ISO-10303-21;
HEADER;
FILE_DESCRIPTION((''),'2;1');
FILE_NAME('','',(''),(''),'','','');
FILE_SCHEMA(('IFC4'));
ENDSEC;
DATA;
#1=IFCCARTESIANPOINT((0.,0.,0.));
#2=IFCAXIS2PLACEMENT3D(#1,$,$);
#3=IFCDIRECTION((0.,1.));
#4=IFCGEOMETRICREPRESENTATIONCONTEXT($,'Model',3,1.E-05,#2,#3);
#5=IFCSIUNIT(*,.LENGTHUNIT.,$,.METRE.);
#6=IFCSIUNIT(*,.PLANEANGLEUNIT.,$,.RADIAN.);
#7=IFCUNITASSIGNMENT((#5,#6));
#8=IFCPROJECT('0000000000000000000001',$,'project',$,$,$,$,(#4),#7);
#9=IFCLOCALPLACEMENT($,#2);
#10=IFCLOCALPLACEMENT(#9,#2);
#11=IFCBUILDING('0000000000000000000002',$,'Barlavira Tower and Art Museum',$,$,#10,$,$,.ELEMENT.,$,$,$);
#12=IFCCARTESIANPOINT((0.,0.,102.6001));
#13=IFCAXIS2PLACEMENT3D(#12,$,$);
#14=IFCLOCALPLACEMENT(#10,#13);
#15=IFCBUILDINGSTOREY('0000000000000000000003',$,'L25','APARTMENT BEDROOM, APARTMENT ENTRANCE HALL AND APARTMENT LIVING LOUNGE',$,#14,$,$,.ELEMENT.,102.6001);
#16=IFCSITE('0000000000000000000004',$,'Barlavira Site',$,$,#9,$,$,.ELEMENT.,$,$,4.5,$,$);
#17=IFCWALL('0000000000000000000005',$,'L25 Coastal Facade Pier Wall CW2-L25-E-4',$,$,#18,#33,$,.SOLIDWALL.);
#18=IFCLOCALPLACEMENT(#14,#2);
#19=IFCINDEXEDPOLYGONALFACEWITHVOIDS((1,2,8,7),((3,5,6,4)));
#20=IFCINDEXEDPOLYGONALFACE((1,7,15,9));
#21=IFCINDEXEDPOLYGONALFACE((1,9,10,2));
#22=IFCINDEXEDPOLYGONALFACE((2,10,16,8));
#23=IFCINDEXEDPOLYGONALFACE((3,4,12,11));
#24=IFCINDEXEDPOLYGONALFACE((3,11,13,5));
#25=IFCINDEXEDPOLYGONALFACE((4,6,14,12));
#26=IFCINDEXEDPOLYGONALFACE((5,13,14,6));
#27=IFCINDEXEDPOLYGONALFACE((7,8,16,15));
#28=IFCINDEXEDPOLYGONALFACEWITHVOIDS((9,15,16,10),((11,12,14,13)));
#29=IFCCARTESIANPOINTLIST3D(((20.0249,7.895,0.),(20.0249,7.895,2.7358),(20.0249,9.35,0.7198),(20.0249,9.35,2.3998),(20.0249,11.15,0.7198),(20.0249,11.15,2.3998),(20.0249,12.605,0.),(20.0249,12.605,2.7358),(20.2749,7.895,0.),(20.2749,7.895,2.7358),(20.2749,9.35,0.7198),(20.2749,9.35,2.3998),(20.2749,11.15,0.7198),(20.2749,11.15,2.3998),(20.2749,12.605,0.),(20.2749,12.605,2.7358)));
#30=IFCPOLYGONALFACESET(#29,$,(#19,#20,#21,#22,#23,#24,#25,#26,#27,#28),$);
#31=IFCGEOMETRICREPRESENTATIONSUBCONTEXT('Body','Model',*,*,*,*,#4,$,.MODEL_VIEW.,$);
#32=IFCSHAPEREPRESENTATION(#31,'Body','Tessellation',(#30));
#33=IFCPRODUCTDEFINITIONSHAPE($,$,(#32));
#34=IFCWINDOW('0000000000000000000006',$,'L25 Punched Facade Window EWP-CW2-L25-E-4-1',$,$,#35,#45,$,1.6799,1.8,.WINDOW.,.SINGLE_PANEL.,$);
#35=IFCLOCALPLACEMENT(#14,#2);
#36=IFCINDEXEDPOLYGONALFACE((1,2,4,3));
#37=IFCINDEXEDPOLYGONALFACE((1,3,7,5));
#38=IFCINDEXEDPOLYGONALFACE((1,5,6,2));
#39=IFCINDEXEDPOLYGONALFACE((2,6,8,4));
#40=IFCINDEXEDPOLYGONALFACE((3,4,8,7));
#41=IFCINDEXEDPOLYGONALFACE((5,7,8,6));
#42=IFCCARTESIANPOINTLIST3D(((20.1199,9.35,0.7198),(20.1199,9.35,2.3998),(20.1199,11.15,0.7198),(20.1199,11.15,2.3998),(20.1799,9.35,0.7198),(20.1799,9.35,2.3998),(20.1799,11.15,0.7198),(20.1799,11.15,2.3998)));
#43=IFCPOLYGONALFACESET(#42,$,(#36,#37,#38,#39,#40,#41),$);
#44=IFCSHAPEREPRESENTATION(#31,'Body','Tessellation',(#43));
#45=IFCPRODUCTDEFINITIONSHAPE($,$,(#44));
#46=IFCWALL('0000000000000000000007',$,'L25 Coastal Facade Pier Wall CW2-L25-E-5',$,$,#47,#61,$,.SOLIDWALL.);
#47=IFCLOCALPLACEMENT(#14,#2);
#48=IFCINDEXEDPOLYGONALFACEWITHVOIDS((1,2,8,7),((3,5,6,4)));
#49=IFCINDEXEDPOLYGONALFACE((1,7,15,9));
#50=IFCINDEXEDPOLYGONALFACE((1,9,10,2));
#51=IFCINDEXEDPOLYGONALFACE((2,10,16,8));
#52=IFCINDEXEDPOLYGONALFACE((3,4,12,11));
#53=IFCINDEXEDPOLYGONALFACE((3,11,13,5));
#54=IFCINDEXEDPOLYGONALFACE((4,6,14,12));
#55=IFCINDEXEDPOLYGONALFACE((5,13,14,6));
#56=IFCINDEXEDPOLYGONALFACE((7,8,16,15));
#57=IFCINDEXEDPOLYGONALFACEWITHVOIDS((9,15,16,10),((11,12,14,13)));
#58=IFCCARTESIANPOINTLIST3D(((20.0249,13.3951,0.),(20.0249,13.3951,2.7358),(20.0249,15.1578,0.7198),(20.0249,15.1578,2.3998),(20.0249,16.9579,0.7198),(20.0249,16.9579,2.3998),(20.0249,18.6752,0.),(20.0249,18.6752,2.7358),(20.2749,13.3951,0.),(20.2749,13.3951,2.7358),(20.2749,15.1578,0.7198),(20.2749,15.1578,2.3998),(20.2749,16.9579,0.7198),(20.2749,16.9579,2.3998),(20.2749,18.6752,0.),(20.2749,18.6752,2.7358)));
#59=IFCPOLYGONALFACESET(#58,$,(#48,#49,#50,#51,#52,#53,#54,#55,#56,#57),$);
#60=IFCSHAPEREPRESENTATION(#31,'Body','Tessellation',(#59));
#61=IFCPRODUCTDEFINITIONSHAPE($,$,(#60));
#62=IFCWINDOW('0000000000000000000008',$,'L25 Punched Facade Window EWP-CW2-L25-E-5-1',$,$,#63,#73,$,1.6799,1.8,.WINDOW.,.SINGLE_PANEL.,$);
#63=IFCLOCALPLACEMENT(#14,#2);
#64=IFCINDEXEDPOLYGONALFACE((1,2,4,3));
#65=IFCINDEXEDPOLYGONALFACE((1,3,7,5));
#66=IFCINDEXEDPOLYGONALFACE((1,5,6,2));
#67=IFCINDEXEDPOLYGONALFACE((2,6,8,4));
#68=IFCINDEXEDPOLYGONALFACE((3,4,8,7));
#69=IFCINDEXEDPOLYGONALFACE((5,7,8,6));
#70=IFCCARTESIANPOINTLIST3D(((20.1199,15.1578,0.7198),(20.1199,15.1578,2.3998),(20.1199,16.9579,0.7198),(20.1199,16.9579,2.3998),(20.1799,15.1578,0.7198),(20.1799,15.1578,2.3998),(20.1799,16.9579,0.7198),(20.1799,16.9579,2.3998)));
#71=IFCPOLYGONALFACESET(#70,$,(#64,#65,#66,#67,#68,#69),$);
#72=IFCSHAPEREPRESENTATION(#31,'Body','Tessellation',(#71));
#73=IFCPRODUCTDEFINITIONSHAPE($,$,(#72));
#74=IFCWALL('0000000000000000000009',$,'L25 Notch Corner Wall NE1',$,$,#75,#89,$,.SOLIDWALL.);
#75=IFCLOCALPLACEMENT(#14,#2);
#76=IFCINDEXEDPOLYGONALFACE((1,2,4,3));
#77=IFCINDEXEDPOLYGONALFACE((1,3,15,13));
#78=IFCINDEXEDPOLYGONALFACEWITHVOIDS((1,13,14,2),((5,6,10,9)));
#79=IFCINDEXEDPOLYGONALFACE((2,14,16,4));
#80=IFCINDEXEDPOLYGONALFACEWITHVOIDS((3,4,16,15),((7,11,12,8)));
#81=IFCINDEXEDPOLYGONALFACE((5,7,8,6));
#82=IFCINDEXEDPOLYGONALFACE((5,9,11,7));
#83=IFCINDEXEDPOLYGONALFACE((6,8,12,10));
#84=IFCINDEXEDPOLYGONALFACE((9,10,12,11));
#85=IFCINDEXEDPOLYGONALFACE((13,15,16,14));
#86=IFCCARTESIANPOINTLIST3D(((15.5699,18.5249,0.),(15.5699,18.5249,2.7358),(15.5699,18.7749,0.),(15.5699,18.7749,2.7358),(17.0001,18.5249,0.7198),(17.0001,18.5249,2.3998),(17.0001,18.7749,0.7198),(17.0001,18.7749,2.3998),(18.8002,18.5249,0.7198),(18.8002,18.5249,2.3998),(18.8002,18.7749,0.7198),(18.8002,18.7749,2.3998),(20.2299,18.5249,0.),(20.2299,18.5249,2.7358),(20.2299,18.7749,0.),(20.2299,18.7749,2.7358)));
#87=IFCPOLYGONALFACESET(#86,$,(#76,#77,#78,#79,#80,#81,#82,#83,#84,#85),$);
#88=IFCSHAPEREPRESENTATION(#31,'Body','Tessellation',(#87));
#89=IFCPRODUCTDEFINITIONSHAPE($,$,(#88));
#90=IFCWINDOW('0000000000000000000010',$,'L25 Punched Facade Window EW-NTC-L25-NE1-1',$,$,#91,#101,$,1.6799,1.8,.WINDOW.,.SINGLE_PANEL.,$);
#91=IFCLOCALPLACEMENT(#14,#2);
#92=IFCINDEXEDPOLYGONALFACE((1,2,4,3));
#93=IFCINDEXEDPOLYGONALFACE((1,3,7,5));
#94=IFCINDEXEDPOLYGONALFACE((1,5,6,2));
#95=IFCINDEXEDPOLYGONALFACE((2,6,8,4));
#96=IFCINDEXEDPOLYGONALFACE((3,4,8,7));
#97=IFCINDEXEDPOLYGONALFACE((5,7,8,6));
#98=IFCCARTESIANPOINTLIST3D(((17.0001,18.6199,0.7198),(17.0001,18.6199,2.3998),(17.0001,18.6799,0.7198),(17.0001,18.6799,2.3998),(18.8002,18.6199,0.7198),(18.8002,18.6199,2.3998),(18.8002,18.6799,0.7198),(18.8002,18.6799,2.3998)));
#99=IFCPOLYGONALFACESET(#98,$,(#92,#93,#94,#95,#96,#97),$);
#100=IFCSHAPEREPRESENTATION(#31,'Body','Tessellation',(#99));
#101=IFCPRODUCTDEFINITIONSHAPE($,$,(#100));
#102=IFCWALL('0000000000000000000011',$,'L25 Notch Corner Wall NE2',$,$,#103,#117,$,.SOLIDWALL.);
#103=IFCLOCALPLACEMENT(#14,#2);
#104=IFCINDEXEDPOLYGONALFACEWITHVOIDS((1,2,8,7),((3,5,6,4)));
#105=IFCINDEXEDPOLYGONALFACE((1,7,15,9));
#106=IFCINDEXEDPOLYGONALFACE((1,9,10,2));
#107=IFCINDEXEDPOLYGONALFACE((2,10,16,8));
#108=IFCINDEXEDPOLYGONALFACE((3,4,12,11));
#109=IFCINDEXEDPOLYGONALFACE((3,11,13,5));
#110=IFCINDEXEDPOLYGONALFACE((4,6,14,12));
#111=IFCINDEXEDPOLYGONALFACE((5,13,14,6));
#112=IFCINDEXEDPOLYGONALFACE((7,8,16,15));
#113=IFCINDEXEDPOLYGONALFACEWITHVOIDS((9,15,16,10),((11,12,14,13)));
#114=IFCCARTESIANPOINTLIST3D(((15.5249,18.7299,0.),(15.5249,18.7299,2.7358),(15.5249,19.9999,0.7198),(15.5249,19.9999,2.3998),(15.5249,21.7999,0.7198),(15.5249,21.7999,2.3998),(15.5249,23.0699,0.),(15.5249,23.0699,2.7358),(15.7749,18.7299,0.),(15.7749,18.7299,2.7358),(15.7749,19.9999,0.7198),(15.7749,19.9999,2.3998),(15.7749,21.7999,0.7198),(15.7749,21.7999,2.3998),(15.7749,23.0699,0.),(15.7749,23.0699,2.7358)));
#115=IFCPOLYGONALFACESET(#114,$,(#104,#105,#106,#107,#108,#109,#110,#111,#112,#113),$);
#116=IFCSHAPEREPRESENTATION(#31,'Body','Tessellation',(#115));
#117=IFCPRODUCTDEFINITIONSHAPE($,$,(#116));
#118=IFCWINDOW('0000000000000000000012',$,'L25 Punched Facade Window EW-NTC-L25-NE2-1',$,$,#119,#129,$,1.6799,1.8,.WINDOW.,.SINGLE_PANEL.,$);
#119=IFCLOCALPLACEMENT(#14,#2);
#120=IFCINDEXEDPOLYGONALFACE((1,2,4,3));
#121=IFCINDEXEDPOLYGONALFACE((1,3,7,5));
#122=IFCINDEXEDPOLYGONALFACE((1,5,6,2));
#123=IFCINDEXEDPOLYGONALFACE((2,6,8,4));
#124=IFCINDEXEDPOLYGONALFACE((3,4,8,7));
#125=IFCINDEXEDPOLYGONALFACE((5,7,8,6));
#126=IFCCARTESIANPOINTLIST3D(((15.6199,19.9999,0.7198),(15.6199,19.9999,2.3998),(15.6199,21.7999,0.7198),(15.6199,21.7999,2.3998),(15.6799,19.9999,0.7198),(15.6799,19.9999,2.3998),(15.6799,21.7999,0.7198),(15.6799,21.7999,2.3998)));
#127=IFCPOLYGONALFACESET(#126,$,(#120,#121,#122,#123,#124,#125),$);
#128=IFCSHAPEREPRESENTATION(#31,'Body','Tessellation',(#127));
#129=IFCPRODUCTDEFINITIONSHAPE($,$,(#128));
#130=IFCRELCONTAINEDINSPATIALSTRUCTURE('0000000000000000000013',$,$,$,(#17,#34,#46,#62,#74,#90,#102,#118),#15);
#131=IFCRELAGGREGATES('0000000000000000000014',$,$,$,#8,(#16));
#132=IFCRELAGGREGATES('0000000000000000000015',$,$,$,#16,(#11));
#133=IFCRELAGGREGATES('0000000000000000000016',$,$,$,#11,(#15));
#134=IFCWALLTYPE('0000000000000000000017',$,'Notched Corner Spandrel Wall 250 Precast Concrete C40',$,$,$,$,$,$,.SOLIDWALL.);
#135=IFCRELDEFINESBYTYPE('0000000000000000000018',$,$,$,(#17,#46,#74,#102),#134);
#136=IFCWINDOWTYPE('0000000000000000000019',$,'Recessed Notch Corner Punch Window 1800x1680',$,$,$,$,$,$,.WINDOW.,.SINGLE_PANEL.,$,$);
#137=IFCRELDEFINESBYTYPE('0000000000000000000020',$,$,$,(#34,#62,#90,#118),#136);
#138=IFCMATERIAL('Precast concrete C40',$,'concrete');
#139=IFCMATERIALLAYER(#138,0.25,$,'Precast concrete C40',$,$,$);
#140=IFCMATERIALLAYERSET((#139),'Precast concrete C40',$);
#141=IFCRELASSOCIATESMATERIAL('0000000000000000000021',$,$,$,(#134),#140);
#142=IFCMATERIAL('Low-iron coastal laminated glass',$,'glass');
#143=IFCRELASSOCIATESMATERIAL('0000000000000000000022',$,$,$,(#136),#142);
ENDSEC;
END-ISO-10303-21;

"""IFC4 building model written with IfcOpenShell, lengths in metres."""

from ifc_helpers import new_model, si_unit, direction, frame, frame_2d, origin, place, context, subcontext, project, spatial, rectangle, extrude, material, layer, layer_set, type_object, element, fill, save


model = new_model("IFC4")

# Units and contexts
model_context = context("Model", 3, precision=1e-05, world=origin(), true_north=direction((0.0, 1.0)))
body_context = subcontext(model_context, "Body", "Model", "MODEL_VIEW")
ifc_project = project(units=[si_unit("LENGTHUNIT", "METRE"), si_unit("PLANEANGLEUNIT", "RADIAN")], contexts=[model_context])

# Site, building, storey
site_placement = place(None, origin())
site = spatial("IfcSite", under=ifc_project, at=site_placement, Name="Barlavira Site", CompositionType="ELEMENT", RefElevation=4.5)
building_placement = place(site_placement, origin())
building = spatial("IfcBuilding", under=site, at=building_placement, Name="Barlavira Tower and Art Museum", CompositionType="ELEMENT")
storey_placement = place(building_placement, frame((0.0, 0.0, 102.6001)))
storey = spatial("IfcBuildingStorey", under=building, at=storey_placement, Name="L25", Description="APARTMENT BEDROOM, APARTMENT ENTRANCE HALL AND APARTMENT LIVING LOUNGE", CompositionType="ELEMENT", Elevation=102.6001)

# Walls, openings, windows
ifc_material_1 = material(Name="Precast concrete C40", Category="concrete")
ifc_layer_1 = layer(ifc_material_1, 0.25, Name="Precast concrete C40")
ifc_layer_set_1 = layer_set([ifc_layer_1], Name="Precast concrete C40")
wall_type_1 = type_object("IfcWallType", Name="Notched Corner Spandrel Wall 250 Precast Concrete C40", PredefinedType="SOLIDWALL", material=ifc_layer_set_1)
ifc_material_2 = material(Name="Low-iron coastal laminated glass", Category="glass")
window_type = type_object("IfcWindowType", Name="Recessed Notch Corner Punch Window 1800x1680", PartitioningType="SINGLE_PANEL", PredefinedType="WINDOW", material=ifc_material_2)
wall_1_placement = place(storey_placement, frame((20.1499, 7.895, 0.0), z_axis=(0.0, 0.0, 1.0), x_axis=(0.0, 1.0, 0.0)))
wall_1 = element("IfcWall", 1, at=wall_1_placement, inside=storey, type_object=wall_type_1, Name="L25 Coastal Facade Pier Wall CW2-L25-E-4", PredefinedType="SOLIDWALL", context=body_context, shape_type="SweptSolid", body=[
    extrude(rectangle(XDim=4.71, YDim=0.25, at=frame_2d((2.355, 0.0))), origin(), (0.0, 0.0, 1.0), 2.7358),
])
opening_1_placement = place(wall_1_placement, frame((1.4551, 0.0, 0.72)))
opening_1 = element("IfcOpeningElement", 2, at=opening_1_placement, cuts=wall_1, PredefinedType="OPENING", context=body_context, shape_type="SweptSolid", body=[
    extrude(rectangle(XDim=1.8, YDim=1.6799, at=frame_2d((0.8999, 0.8398))), frame((0.0, 0.135, 0.0), z_axis=(0.0, -1.0, 0.0), x_axis=(1.0, 0.0, 0.0)), (0.0, 0.0, 1.0), 0.27),
])
window_1_placement = place(opening_1_placement, origin())
window_1 = element("IfcWindow", 3, at=window_1_placement, inside=storey, type_object=window_type, Name="L25 Punched Facade Window EWP-CW2-L25-E-4-1", OverallHeight=1.6799, OverallWidth=1.8, PartitioningType="SINGLE_PANEL", PredefinedType="WINDOW", context=body_context, shape_type="SweptSolid", body=[
    extrude(rectangle(XDim=1.8, YDim=1.6799, at=frame_2d((0.8999, 0.8398))), frame((0.0, 0.03, 0.0), z_axis=(0.0, -1.0, 0.0), x_axis=(1.0, 0.0, 0.0)), (0.0, 0.0, 1.0), 0.0601),
])
fill(opening_1, window_1)
wall_2_placement = place(storey_placement, frame((20.1499, 13.395, 0.0), z_axis=(0.0, 0.0, 1.0), x_axis=(0.0, 1.0, 0.0)))
wall_2 = element("IfcWall", 4, at=wall_2_placement, inside=storey, type_object=wall_type_1, Name="L25 Coastal Facade Pier Wall CW2-L25-E-5", PredefinedType="SOLIDWALL", context=body_context, shape_type="SweptSolid", body=[
    extrude(rectangle(XDim=5.28, YDim=0.25, at=frame_2d((2.6401, 0.0))), origin(), (0.0, 0.0, 1.0), 2.7358),
])
opening_2_placement = place(wall_2_placement, frame((1.7629, 0.0, 0.72)))
opening_2 = element("IfcOpeningElement", 5, at=opening_2_placement, cuts=wall_2, PredefinedType="OPENING", context=body_context, shape_type="SweptSolid", body=[
    extrude(rectangle(XDim=1.8, YDim=1.6799, at=frame_2d((0.8999, 0.8398))), frame((0.0, 0.135, 0.0), z_axis=(0.0, -1.0, 0.0), x_axis=(1.0, 0.0, 0.0)), (0.0, 0.0, 1.0), 0.27),
])
window_2_placement = place(opening_2_placement, origin())
window_2 = element("IfcWindow", 6, at=window_2_placement, inside=storey, type_object=window_type, Name="L25 Punched Facade Window EWP-CW2-L25-E-5-1", OverallHeight=1.6799, OverallWidth=1.8, PartitioningType="SINGLE_PANEL", PredefinedType="WINDOW", context=body_context, shape_type="SweptSolid", body=[
    extrude(rectangle(XDim=1.8, YDim=1.6799, at=frame_2d((0.8999, 0.8398))), frame((0.0, 0.03, 0.0), z_axis=(0.0, -1.0, 0.0), x_axis=(1.0, 0.0, 0.0)), (0.0, 0.0, 1.0), 0.0601),
])
fill(opening_2, window_2)
wall_3_placement = place(storey_placement, frame((20.23, 18.6499, 0.0), z_axis=(0.0, 0.0, 1.0), x_axis=(-1.0, 0.0, 0.0)))
wall_3 = element("IfcWall", 7, at=wall_3_placement, inside=storey, type_object=wall_type_1, Name="L25 Notch Corner Wall NE1", PredefinedType="SOLIDWALL", context=body_context, shape_type="SweptSolid", body=[
    extrude(rectangle(XDim=4.6599, YDim=0.25, at=frame_2d((2.3301, 0.0))), origin(), (0.0, 0.0, 1.0), 2.7358),
])
opening_3_placement = place(wall_3_placement, frame((1.4299, 0.0, 0.72)))
opening_3 = element("IfcOpeningElement", 8, at=opening_3_placement, cuts=wall_3, PredefinedType="OPENING", context=body_context, shape_type="SweptSolid", body=[
    extrude(rectangle(XDim=1.8, YDim=1.6799, at=frame_2d((0.8999, 0.8398))), frame((0.0, 0.135, 0.0), z_axis=(0.0, -1.0, 0.0), x_axis=(1.0, 0.0, 0.0)), (0.0, 0.0, 1.0), 0.27),
])
window_3_placement = place(opening_3_placement, origin())
window_3 = element("IfcWindow", 9, at=window_3_placement, inside=storey, type_object=window_type, Name="L25 Punched Facade Window EW-NTC-L25-NE1-1", OverallHeight=1.6799, OverallWidth=1.8, PartitioningType="SINGLE_PANEL", PredefinedType="WINDOW", context=body_context, shape_type="SweptSolid", body=[
    extrude(rectangle(XDim=1.8, YDim=1.6799, at=frame_2d((0.8999, 0.8398))), frame((0.0, 0.03, 0.0), z_axis=(0.0, -1.0, 0.0), x_axis=(1.0, 0.0, 0.0)), (0.0, 0.0, 1.0), 0.0601),
])
fill(opening_3, window_3)
wall_4_placement = place(storey_placement, frame((15.6499, 18.73, 0.0), z_axis=(0.0, 0.0, 1.0), x_axis=(0.0, 1.0, 0.0)))
wall_4 = element("IfcWall", 10, at=wall_4_placement, inside=storey, type_object=wall_type_1, Name="L25 Notch Corner Wall NE2", PredefinedType="SOLIDWALL", context=body_context, shape_type="SweptSolid", body=[
    extrude(rectangle(XDim=4.3401, YDim=0.25, at=frame_2d((2.1699, 0.0))), origin(), (0.0, 0.0, 1.0), 2.7358),
])
opening_4_placement = place(wall_4_placement, frame((1.27, 0.0, 0.72)))
opening_4 = element("IfcOpeningElement", 11, at=opening_4_placement, cuts=wall_4, PredefinedType="OPENING", context=body_context, shape_type="SweptSolid", body=[
    extrude(rectangle(XDim=1.8, YDim=1.6799, at=frame_2d((0.8999, 0.8398))), frame((0.0, 0.135, 0.0), z_axis=(0.0, -1.0, 0.0), x_axis=(1.0, 0.0, 0.0)), (0.0, 0.0, 1.0), 0.27),
])
window_4_placement = place(opening_4_placement, origin())
window_4 = element("IfcWindow", 12, at=window_4_placement, inside=storey, type_object=window_type, Name="L25 Punched Facade Window EW-NTC-L25-NE2-1", OverallHeight=1.6799, OverallWidth=1.8, PartitioningType="SINGLE_PANEL", PredefinedType="WINDOW", context=body_context, shape_type="SweptSolid", body=[
    extrude(rectangle(XDim=1.8, YDim=1.6799, at=frame_2d((0.8999, 0.8398))), frame((0.0, 0.03, 0.0), z_axis=(0.0, -1.0, 0.0), x_axis=(1.0, 0.0, 0.0)), (0.0, 0.0, 1.0), 0.0601),
])
fill(opening_4, window_4)

save(model, "model.ifc")
